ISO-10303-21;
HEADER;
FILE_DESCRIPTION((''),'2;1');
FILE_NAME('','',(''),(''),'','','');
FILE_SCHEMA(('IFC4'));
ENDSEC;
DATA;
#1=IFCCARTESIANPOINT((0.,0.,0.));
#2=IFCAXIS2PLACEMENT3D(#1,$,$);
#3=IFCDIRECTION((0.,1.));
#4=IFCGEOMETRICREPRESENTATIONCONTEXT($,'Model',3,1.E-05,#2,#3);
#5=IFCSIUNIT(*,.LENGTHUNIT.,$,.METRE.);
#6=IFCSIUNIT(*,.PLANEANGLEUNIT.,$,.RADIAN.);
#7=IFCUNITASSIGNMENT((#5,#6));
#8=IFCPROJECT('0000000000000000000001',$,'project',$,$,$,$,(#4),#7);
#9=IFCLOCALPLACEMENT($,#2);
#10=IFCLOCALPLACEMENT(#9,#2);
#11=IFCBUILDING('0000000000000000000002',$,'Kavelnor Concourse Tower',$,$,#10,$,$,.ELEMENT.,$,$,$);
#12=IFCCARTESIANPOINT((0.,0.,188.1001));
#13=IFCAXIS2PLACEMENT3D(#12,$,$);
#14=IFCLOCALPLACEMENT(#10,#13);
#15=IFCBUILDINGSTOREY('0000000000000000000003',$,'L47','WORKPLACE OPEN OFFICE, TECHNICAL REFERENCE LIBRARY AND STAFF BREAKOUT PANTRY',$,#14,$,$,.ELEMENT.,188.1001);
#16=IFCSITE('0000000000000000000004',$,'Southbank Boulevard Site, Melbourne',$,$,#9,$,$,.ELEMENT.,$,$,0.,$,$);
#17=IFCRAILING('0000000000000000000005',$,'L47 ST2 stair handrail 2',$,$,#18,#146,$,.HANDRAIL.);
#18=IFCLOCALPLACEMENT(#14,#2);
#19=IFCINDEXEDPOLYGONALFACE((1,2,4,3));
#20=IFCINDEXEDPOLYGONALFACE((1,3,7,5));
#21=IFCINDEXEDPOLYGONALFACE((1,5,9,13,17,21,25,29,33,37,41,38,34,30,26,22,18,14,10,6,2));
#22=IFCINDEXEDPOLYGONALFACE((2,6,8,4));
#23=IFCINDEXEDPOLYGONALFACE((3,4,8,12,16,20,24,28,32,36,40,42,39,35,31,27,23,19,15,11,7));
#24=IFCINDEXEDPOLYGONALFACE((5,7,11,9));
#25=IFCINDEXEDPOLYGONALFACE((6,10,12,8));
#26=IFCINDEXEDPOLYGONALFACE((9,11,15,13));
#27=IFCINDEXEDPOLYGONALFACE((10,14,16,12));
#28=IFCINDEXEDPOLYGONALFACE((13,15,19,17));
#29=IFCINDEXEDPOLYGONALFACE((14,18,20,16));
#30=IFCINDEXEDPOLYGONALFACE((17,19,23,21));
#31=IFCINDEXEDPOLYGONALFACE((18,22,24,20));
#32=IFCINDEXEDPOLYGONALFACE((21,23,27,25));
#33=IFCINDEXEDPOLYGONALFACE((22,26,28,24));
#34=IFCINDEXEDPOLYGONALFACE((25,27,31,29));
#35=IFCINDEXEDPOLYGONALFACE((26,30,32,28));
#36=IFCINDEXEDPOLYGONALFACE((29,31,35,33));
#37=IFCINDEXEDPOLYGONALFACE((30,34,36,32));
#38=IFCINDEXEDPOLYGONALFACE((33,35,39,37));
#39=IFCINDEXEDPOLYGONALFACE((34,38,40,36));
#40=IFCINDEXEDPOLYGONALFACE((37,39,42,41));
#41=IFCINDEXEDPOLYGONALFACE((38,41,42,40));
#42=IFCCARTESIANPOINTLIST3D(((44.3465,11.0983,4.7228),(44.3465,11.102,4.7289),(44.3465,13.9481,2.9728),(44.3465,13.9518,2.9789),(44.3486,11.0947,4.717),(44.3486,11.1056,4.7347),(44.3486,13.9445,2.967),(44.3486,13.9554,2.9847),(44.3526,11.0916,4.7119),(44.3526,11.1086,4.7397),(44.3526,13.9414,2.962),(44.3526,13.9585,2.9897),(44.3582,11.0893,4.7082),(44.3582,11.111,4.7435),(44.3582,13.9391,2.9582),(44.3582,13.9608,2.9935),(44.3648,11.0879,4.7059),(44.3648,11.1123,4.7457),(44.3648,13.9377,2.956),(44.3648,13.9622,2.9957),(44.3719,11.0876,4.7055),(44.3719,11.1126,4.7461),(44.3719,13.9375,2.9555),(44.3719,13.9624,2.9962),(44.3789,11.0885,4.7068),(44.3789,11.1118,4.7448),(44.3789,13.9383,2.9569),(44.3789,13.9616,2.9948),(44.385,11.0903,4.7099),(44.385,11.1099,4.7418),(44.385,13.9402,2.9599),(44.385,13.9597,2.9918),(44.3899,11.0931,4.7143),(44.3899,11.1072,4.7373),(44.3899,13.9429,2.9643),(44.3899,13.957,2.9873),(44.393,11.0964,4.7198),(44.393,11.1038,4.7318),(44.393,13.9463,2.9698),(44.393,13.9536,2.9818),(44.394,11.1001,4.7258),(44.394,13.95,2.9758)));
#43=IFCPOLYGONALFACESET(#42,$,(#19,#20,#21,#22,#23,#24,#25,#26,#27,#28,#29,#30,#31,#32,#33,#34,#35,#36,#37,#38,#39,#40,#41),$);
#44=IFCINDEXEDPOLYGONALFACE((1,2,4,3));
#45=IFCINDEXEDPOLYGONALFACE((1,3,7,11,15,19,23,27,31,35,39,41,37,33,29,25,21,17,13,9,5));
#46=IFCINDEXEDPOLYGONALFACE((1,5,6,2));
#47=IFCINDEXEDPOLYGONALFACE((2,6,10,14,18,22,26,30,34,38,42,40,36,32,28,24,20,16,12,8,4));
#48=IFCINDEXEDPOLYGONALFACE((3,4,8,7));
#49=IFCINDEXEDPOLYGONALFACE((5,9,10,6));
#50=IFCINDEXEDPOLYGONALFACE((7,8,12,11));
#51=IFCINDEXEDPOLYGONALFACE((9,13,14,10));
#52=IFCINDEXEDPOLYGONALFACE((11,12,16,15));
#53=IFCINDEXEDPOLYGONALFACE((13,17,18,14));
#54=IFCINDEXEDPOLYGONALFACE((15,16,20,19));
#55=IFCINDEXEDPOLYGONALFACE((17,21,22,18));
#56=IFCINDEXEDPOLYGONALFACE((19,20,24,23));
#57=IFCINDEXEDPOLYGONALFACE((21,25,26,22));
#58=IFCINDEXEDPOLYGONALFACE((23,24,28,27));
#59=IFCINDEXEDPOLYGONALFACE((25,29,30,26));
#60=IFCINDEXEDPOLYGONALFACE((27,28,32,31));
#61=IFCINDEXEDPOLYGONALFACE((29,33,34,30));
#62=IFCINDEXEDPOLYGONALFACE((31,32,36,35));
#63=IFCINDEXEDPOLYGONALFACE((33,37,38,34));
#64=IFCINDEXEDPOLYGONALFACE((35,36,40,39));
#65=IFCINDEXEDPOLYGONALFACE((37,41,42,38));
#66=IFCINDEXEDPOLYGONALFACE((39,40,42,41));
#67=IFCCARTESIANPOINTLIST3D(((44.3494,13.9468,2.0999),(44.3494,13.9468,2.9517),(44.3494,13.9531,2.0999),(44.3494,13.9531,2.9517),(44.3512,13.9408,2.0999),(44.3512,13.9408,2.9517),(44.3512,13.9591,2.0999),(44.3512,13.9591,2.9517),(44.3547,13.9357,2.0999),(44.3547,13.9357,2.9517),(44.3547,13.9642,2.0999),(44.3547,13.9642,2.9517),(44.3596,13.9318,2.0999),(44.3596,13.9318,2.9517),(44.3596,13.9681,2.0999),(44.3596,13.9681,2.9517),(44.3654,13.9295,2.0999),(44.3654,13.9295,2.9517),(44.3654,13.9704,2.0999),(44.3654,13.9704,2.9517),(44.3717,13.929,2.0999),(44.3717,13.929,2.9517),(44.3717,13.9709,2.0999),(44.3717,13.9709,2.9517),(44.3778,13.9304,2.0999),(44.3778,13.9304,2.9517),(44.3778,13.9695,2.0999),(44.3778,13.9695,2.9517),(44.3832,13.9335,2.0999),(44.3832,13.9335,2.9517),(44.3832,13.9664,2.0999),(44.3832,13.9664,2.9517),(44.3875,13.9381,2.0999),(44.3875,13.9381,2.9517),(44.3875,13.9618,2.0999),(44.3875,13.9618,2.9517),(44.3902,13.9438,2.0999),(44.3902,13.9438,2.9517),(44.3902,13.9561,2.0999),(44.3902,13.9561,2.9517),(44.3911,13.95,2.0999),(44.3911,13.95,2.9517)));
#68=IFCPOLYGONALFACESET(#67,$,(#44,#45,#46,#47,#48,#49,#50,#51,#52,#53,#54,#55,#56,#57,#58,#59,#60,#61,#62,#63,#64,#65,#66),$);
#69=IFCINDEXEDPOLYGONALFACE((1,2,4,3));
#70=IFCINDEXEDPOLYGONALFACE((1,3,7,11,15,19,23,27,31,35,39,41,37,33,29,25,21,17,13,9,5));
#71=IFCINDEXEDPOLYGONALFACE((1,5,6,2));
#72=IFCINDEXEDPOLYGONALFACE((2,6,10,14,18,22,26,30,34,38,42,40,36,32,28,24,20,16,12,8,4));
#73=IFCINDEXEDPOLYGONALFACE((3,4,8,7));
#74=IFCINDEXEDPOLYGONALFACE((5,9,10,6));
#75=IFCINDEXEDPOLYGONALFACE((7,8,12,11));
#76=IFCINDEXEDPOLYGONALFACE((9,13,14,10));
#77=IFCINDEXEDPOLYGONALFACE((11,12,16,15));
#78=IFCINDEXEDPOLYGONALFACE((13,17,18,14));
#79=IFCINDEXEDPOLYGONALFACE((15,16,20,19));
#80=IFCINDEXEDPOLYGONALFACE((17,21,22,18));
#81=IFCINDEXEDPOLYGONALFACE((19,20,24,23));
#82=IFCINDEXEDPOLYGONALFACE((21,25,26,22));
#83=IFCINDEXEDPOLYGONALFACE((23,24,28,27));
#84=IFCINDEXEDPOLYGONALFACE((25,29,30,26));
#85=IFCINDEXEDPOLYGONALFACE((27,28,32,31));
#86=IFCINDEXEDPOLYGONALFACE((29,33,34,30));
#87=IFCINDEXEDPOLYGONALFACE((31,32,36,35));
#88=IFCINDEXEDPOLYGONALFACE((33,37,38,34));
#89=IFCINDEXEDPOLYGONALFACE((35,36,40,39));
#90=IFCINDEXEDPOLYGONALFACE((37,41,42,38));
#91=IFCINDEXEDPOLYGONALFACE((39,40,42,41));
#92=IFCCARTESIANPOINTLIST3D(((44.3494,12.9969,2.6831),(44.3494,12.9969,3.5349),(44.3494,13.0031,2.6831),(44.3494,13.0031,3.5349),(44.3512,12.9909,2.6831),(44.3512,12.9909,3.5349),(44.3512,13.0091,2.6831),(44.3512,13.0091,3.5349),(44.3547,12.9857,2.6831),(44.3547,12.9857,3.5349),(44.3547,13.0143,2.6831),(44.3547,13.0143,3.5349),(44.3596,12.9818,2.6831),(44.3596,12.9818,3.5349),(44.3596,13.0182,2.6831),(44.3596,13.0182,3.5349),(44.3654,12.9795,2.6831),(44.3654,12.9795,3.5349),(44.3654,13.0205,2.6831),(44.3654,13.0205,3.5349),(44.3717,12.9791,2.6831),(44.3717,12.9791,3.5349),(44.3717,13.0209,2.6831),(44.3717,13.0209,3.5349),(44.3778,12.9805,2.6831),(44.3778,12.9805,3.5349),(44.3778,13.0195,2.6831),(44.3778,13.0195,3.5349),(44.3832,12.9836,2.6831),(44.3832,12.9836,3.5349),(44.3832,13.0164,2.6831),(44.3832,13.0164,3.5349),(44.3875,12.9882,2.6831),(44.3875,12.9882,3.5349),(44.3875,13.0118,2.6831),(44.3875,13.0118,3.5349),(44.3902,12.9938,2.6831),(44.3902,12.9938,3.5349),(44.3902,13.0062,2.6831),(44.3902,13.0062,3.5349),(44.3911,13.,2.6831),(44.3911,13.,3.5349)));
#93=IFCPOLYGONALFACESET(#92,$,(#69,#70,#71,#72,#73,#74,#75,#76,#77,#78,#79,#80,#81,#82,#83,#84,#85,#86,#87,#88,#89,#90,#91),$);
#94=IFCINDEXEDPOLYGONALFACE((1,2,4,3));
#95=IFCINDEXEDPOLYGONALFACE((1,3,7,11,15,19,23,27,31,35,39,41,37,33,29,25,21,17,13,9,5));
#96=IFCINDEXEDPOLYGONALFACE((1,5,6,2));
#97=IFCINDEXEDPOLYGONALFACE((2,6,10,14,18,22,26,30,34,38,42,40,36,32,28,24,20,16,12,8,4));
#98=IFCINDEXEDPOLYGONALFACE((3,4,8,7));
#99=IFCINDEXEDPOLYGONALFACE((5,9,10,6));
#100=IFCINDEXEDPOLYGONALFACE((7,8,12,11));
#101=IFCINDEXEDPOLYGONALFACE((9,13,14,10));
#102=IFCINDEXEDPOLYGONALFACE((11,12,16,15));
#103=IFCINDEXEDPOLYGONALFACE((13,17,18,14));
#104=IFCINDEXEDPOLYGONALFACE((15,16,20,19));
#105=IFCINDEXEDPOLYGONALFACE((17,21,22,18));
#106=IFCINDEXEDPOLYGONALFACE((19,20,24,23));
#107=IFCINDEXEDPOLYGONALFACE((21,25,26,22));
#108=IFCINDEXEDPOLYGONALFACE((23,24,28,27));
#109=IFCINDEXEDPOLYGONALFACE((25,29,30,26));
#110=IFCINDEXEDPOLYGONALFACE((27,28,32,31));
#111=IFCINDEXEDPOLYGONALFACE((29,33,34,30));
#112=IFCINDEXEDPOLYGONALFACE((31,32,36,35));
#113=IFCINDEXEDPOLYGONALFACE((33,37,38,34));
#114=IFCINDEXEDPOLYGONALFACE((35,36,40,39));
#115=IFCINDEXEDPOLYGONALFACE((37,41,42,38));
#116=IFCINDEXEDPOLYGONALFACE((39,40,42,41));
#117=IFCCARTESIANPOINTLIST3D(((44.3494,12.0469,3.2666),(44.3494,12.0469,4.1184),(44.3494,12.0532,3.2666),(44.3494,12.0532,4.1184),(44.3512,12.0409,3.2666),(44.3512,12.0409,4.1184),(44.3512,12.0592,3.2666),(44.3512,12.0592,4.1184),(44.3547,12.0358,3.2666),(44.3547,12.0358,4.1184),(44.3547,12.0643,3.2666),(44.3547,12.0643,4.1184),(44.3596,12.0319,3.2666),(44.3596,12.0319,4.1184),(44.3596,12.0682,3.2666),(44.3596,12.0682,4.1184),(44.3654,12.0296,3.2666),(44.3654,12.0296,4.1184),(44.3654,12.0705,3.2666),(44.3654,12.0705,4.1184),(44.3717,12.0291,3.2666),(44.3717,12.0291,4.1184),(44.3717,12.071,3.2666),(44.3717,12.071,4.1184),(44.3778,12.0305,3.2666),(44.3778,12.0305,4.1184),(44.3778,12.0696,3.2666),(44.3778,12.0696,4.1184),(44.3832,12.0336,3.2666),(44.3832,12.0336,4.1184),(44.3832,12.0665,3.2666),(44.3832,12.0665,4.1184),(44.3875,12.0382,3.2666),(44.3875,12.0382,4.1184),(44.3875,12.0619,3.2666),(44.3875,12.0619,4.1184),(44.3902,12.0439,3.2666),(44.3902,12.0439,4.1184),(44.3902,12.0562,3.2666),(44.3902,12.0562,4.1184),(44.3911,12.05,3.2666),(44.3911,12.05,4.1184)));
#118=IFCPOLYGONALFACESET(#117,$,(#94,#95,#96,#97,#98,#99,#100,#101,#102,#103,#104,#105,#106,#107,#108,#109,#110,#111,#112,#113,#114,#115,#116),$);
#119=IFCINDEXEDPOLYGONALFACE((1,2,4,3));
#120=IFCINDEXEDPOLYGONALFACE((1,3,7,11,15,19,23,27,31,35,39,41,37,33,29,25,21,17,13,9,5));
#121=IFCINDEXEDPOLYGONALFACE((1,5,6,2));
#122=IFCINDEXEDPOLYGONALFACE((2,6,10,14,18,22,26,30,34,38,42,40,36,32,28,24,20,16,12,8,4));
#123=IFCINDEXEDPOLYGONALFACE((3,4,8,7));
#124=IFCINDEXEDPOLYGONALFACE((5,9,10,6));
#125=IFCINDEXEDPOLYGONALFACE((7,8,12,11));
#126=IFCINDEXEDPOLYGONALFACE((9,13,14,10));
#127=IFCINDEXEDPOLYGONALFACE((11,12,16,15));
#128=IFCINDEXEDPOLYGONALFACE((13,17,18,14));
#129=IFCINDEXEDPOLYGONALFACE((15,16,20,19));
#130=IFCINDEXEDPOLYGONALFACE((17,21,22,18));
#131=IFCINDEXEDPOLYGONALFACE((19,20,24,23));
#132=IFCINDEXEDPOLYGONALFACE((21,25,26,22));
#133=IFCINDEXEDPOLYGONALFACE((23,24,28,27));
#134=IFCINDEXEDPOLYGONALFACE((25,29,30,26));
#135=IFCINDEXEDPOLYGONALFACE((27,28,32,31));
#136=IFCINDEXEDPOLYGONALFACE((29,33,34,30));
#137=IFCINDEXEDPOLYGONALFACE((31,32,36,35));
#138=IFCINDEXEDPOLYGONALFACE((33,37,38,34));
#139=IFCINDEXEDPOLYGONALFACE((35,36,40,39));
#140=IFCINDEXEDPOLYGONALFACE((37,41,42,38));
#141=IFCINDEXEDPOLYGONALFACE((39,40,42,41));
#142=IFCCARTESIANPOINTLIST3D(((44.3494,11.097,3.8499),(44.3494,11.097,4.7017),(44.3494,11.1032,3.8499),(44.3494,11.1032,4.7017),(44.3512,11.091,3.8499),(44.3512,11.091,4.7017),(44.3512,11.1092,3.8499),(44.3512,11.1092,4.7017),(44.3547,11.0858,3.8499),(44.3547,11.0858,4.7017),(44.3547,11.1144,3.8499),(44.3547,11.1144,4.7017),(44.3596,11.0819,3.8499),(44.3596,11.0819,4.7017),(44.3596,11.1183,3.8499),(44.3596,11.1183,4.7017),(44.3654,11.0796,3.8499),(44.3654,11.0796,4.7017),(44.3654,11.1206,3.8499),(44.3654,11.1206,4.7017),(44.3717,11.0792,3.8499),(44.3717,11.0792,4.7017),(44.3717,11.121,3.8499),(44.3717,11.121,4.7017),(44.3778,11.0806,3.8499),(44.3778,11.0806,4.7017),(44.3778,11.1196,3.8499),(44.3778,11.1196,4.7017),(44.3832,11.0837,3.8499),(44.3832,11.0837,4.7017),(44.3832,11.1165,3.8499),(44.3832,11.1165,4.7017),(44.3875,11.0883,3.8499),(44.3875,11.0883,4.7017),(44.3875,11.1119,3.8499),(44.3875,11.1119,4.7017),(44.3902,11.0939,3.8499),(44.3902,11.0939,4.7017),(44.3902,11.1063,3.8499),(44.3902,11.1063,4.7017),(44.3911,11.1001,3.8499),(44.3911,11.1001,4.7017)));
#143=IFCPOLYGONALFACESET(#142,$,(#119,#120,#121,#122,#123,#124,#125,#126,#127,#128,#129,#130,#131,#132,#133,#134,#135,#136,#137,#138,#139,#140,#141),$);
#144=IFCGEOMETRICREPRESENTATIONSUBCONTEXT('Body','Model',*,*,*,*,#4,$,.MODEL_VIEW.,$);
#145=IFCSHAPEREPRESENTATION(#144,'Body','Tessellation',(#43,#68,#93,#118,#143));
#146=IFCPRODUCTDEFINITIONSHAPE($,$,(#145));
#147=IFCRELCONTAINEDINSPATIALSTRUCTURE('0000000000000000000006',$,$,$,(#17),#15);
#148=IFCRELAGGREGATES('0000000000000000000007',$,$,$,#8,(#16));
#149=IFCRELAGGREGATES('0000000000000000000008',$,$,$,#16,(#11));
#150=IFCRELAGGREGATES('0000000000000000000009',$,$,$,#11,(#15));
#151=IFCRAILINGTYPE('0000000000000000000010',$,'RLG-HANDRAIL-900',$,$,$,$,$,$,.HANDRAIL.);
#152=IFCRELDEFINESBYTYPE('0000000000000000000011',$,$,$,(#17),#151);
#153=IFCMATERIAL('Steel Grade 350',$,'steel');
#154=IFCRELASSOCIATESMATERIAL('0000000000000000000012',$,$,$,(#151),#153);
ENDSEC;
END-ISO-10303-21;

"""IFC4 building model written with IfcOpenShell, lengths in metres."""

from ifc_helpers import new_model, si_unit, direction, frame, origin, origin_2d, place, context, subcontext, project, spatial, circle, extrude, material, type_object, element, save


model = new_model("IFC4")

# Units and contexts
model_context = context("Model", 3, precision=1e-05, world=origin(), true_north=direction((0.0, 1.0)))
body_context = subcontext(model_context, "Body", "Model", "MODEL_VIEW")
ifc_project = project(units=[si_unit("LENGTHUNIT", "METRE"), si_unit("PLANEANGLEUNIT", "RADIAN")], contexts=[model_context])

# Site, building, storey
site_placement = place(None, origin())
site = spatial("IfcSite", under=ifc_project, at=site_placement, Name="Southbank Boulevard Site, Melbourne", CompositionType="ELEMENT", RefElevation=0.0)
building_placement = place(site_placement, origin())
building = spatial("IfcBuilding", under=site, at=building_placement, Name="Kavelnor Concourse Tower", CompositionType="ELEMENT")
storey_placement = place(building_placement, frame((0.0, 0.0, 188.1001)))
storey = spatial("IfcBuildingStorey", under=building, at=storey_placement, Name="L47", Description="WORKPLACE OPEN OFFICE, TECHNICAL REFERENCE LIBRARY AND STAFF BREAKOUT PANTRY", CompositionType="ELEMENT", Elevation=188.1001)

# Shared definitions
ifc_material_1 = material(Name="Steel Grade 350", Category="steel")

# Railing
railing_type_1 = type_object("IfcRailingType", Name="RLG-HANDRAIL-900", PredefinedType="HANDRAIL", material=ifc_material_1)
railing_1_placement = place(storey_placement, frame((44.3701, 13.95, 2.0999)))
element("IfcRailing", 1, at=railing_1_placement, inside=storey, type_object=railing_type_1, Name="L47 ST2 stair handrail 2", PredefinedType="HANDRAIL", context=body_context, shape_type="SweptSolid", body=[
    extrude(circle(Radius=0.0239, at=origin_2d()), frame((0.0, 0.0, 0.876), z_axis=(0.0, -0.852159, 0.523283), x_axis=(1.0, 0.0, 0.0)), (0.0, 0.0, 1.0), 3.3442),
    extrude(circle(Radius=0.021, at=origin_2d()), origin(), (0.0, 0.0, 1.0), 0.8518),
    extrude(circle(Radius=0.021, at=origin_2d()), frame((0.0, -0.95, 0.5833)), (0.0, 0.0, 1.0), 0.8518),
    extrude(circle(Radius=0.021, at=origin_2d()), frame((0.0, -1.8999, 1.1667)), (0.0, 0.0, 1.0), 0.8518),
    extrude(circle(Radius=0.021, at=origin_2d()), frame((0.0, -2.8499, 1.75)), (0.0, 0.0, 1.0), 0.8518),
])

save(model, "model.ifc")
